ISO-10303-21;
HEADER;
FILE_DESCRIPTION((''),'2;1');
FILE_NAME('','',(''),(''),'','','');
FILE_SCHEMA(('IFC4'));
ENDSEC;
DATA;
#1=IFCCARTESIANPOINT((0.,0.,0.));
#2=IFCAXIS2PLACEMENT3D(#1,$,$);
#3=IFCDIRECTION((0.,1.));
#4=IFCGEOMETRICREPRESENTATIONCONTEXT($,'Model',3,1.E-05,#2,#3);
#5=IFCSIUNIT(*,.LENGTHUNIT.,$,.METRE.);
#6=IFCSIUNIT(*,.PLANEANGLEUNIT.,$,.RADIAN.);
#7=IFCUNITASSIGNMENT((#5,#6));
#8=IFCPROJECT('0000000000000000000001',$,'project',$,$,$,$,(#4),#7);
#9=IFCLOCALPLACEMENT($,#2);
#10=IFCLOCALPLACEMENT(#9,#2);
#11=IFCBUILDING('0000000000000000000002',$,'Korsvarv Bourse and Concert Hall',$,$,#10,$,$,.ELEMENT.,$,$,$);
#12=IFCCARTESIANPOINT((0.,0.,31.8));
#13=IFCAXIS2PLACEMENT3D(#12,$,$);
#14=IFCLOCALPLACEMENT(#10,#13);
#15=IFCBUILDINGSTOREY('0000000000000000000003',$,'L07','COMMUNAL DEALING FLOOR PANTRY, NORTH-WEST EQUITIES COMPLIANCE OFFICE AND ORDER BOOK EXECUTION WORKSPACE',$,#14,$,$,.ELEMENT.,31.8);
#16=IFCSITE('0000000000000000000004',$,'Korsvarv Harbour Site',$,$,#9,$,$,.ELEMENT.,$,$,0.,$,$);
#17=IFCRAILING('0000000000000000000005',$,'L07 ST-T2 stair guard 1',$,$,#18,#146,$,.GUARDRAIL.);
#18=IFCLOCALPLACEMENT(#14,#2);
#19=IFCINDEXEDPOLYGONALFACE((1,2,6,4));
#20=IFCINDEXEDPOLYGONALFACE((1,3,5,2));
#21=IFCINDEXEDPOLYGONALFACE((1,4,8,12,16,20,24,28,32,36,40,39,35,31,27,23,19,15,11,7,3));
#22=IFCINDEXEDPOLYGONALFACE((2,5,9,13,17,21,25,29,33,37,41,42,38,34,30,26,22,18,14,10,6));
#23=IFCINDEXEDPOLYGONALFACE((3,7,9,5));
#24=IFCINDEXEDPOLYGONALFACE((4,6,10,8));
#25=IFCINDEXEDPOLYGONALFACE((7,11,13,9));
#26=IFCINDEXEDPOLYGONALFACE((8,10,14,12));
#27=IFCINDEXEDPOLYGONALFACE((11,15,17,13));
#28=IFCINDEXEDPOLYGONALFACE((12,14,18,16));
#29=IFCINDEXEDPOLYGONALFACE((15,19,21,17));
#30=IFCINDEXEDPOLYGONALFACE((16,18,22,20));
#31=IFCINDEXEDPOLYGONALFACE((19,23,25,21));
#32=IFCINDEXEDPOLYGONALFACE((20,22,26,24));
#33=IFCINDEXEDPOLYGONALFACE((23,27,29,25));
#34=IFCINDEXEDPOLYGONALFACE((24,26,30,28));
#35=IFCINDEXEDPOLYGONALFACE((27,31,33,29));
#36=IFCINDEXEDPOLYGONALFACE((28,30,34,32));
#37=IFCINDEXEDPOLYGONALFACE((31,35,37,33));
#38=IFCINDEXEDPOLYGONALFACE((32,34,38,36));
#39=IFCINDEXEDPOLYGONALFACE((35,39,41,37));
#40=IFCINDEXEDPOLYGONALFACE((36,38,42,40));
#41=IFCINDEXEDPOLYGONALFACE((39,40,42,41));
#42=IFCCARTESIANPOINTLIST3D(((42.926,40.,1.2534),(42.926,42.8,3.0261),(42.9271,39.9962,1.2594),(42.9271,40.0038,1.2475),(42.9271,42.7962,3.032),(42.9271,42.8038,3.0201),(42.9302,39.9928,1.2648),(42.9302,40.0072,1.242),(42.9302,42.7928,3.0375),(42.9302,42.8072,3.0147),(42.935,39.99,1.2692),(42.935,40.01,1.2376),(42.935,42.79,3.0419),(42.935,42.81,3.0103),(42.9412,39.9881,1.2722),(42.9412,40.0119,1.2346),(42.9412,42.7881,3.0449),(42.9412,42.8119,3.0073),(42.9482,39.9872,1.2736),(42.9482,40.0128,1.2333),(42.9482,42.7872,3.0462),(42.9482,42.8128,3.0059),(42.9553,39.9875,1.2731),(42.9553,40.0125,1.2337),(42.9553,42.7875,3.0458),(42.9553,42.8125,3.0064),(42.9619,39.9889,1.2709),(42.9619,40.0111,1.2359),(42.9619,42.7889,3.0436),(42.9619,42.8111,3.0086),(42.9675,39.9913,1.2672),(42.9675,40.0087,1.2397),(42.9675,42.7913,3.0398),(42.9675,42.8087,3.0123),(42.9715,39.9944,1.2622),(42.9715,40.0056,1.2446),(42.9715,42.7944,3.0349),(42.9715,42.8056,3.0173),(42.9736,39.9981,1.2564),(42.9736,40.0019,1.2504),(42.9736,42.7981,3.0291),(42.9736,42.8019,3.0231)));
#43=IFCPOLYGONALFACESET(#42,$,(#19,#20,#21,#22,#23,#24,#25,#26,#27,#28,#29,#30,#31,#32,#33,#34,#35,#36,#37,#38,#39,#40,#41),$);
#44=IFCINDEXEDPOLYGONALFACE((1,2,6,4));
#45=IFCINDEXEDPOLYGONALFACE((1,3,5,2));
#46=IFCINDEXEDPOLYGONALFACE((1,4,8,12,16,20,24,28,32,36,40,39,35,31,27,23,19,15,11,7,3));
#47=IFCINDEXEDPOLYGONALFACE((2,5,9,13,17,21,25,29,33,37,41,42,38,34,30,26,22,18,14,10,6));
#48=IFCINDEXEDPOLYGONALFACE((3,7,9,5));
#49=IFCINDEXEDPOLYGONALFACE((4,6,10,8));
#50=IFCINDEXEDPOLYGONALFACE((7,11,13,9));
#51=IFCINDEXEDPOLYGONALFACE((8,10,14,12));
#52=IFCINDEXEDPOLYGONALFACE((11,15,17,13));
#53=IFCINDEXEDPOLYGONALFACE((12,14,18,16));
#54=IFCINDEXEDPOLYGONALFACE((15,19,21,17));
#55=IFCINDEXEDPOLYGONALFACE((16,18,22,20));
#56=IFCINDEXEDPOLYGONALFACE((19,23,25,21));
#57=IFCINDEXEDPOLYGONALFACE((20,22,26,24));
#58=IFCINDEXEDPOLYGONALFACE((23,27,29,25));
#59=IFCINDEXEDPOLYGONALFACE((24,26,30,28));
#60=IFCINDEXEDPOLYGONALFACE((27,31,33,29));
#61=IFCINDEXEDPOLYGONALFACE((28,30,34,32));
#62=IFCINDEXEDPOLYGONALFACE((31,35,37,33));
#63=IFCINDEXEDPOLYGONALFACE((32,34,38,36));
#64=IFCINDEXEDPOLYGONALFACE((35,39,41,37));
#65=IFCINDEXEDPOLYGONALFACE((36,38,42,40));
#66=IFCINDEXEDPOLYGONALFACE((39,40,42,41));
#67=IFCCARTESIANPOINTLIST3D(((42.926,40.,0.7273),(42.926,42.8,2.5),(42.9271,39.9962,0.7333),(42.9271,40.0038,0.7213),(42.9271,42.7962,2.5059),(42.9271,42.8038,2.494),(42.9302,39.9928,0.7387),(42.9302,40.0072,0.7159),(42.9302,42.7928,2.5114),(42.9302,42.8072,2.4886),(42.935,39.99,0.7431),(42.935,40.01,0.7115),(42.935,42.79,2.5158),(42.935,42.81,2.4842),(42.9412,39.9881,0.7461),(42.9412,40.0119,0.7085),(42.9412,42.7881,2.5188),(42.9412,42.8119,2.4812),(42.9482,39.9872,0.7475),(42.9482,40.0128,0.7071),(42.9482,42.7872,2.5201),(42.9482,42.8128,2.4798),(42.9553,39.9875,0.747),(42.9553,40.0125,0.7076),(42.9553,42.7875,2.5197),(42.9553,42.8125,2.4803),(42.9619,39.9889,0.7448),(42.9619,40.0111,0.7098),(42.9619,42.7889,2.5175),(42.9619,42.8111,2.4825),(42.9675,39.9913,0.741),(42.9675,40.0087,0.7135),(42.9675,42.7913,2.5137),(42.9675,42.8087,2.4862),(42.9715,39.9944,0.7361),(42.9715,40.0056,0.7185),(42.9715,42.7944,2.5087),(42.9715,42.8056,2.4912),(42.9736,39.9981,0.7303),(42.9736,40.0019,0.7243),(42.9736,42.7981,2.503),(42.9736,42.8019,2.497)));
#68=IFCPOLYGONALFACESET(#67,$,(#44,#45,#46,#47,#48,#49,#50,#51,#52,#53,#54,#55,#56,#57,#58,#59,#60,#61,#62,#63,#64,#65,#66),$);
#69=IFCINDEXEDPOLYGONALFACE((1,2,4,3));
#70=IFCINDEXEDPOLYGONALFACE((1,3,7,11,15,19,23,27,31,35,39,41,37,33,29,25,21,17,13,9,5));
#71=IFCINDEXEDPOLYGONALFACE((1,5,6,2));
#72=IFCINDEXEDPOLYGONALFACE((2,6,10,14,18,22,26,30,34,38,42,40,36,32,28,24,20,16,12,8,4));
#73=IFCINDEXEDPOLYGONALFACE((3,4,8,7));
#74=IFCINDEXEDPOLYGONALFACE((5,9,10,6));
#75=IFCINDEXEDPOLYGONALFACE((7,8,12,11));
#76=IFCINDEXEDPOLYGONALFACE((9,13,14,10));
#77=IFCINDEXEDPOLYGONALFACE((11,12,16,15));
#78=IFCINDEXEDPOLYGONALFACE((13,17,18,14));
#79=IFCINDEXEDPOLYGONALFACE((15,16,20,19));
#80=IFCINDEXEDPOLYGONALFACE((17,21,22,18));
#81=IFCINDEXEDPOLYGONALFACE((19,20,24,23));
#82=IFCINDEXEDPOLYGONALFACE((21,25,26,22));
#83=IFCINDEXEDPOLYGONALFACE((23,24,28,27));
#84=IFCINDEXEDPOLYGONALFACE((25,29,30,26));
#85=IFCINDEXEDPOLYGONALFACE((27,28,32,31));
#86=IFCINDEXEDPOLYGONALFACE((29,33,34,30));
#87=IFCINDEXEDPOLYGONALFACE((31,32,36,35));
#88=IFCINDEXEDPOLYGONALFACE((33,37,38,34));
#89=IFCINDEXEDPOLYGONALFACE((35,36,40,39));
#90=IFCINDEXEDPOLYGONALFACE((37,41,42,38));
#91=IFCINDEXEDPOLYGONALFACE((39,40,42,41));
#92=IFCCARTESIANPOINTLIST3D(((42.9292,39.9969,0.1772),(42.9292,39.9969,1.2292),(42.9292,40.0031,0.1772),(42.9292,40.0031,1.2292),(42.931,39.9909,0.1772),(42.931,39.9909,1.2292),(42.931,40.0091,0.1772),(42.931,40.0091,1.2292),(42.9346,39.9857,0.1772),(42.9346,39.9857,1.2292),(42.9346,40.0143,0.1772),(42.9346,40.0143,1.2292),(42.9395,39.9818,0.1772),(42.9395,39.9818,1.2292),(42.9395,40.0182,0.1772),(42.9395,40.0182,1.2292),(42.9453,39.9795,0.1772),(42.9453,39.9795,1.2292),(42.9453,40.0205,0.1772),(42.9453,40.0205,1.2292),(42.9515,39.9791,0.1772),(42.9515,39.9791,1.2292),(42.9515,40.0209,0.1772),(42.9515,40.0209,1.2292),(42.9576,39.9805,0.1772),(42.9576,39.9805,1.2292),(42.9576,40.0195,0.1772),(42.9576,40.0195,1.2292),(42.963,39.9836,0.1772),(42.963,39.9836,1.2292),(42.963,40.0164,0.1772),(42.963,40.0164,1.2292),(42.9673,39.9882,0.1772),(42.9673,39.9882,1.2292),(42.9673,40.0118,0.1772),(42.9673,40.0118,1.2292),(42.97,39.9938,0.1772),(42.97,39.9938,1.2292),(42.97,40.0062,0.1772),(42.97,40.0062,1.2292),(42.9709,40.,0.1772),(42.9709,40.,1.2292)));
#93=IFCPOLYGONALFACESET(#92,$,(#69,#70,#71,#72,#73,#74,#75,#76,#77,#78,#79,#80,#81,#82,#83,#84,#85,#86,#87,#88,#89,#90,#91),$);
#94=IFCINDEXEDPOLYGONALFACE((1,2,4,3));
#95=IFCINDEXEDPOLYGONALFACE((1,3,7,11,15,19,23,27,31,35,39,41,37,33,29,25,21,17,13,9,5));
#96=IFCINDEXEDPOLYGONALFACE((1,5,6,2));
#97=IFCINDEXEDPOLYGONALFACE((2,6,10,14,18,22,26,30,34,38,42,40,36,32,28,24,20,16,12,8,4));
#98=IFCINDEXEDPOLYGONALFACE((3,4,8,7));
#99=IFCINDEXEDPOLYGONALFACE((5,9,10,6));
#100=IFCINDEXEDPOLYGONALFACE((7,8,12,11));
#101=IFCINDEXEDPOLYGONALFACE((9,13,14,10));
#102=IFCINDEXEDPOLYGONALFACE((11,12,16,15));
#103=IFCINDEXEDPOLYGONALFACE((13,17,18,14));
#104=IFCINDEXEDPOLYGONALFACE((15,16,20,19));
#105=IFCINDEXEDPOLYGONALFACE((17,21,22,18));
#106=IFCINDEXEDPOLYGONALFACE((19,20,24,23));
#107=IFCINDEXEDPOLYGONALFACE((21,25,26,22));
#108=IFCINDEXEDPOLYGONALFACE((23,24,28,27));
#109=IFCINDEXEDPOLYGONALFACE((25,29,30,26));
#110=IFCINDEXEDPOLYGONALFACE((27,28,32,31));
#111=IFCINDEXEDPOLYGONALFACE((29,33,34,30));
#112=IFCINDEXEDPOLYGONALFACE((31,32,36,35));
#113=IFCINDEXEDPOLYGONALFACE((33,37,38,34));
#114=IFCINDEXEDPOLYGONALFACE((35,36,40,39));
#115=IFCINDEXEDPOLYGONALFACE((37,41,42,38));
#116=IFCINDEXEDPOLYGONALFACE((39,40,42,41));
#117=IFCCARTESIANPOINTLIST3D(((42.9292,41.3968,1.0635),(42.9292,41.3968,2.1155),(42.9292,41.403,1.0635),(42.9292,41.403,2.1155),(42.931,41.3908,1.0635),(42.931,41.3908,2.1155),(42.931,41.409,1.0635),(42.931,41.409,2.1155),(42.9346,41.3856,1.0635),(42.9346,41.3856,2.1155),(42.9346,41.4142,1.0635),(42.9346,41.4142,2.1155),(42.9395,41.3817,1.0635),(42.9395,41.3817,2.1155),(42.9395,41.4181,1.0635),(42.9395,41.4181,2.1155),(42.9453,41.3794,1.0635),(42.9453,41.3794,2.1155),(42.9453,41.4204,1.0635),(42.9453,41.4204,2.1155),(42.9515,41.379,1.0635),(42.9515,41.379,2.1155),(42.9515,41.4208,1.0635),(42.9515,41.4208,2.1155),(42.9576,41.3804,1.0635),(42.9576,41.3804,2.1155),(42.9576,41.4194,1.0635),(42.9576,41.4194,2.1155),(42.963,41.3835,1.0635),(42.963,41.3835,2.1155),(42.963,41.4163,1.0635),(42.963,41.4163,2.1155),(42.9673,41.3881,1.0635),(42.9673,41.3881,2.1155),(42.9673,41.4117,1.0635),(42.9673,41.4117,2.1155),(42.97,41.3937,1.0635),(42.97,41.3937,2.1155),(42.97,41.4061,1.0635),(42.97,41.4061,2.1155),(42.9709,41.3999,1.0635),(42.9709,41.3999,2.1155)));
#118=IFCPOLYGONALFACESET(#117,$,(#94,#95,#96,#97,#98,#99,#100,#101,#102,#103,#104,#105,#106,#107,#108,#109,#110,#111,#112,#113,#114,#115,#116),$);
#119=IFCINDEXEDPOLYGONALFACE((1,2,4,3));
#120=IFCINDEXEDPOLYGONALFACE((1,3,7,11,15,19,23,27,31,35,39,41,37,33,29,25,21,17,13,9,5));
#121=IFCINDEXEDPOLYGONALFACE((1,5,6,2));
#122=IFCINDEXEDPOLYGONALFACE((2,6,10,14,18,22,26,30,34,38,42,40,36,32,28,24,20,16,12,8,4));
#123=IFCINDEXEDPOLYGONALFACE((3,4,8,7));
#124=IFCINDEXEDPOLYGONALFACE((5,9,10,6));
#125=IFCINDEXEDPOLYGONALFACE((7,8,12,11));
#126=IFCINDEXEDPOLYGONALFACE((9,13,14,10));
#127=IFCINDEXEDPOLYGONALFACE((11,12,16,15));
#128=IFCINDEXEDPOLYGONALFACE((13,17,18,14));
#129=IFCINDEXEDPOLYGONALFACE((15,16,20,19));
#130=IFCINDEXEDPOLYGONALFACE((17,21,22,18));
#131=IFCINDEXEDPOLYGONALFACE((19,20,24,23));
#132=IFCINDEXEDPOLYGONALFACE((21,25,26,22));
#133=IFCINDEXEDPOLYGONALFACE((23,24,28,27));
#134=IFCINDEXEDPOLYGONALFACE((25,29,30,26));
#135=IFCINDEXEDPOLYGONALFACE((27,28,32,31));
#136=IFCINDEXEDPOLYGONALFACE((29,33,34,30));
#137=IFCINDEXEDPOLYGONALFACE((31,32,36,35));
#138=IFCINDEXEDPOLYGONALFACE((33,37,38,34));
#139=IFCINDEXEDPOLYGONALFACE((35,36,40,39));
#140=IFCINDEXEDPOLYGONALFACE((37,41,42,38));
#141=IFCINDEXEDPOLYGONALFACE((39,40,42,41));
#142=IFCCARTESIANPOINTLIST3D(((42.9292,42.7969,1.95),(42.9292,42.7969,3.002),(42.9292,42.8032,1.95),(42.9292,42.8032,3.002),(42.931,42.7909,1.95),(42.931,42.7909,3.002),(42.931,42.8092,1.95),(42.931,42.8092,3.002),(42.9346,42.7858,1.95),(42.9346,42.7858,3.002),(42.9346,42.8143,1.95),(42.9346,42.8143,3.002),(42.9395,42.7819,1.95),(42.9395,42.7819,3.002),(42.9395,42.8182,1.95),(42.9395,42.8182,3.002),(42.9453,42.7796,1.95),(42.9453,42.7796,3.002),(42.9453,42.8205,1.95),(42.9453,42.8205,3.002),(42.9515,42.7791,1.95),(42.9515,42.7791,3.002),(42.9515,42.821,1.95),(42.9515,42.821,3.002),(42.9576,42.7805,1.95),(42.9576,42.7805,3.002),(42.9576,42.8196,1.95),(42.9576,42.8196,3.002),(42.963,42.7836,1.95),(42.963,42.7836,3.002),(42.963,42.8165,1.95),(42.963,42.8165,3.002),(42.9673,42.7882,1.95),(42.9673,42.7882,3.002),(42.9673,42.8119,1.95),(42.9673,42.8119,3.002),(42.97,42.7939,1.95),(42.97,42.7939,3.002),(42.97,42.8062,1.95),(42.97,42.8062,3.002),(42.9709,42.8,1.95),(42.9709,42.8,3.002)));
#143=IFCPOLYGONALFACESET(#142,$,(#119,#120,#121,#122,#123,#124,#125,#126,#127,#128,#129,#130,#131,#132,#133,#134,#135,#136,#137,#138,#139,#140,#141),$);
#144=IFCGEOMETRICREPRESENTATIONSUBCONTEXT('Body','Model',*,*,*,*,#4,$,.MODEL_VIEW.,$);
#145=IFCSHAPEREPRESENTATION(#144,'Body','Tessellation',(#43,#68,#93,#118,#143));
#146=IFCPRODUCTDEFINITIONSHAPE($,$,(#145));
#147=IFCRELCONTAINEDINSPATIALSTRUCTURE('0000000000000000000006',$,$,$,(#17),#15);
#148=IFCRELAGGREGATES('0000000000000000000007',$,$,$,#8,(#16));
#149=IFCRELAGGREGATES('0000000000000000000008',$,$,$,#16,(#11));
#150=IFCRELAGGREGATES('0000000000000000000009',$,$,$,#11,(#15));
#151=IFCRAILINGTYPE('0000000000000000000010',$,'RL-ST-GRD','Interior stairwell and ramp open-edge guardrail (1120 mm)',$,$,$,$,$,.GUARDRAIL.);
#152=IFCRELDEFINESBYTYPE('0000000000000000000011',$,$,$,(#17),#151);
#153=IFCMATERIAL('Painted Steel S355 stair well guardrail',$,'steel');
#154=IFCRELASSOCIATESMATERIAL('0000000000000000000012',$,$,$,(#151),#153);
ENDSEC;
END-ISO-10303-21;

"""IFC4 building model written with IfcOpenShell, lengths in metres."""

from ifc_helpers import new_model, si_unit, direction, frame, origin, origin_2d, place, context, subcontext, project, spatial, circle, extrude, material, type_object, element, save


model = new_model("IFC4")

# Units and contexts
model_context = context("Model", 3, precision=1e-05, world=origin(), true_north=direction((0.0, 1.0)))
body_context = subcontext(model_context, "Body", "Model", "MODEL_VIEW")
ifc_project = project(units=[si_unit("LENGTHUNIT", "METRE"), si_unit("PLANEANGLEUNIT", "RADIAN")], contexts=[model_context])

# Site, building, storey
site_placement = place(None, origin())
site = spatial("IfcSite", under=ifc_project, at=site_placement, Name="Korsvarv Harbour Site", CompositionType="ELEMENT", RefElevation=0.0)
building_placement = place(site_placement, origin())
building = spatial("IfcBuilding", under=site, at=building_placement, Name="Korsvarv Bourse and Concert Hall", CompositionType="ELEMENT")
storey_placement = place(building_placement, frame((0.0, 0.0, 31.8)))
storey = spatial("IfcBuildingStorey", under=building, at=storey_placement, Name="L07", Description="COMMUNAL DEALING FLOOR PANTRY, NORTH-WEST EQUITIES COMPLIANCE OFFICE AND ORDER BOOK EXECUTION WORKSPACE", CompositionType="ELEMENT", Elevation=31.8)

# Railing
ifc_material_1 = material(Name="Painted Steel S355 stair well guardrail", Category="steel")
railing_type_1 = type_object("IfcRailingType", Name="RL-ST-GRD", Description="Interior stairwell and ramp open-edge guardrail (1120 mm)", PredefinedType="GUARDRAIL", material=ifc_material_1)
railing_1_placement = place(storey_placement, frame((42.95, 40.0, 0.1772)))
element("IfcRailing", 1, at=railing_1_placement, inside=storey, type_object=railing_type_1, Name="L07 ST-T2 stair guard 1", PredefinedType="GUARDRAIL", context=body_context, shape_type="SweptSolid", body=[
    extrude(circle(Radius=0.0239, at=origin_2d()), frame((0.0, 0.0, 1.0762), z_axis=(0.0, 0.844909, 0.53491), x_axis=(-1.0, 0.0, 0.0)), (0.0, 0.0, 1.0), 3.314),
    extrude(circle(Radius=0.0239, at=origin_2d()), frame((0.0, 0.0, 0.55), z_axis=(0.0, 0.844909, 0.53491), x_axis=(-1.0, 0.0, 0.0)), (0.0, 0.0, 1.0), 3.314),
    extrude(circle(Radius=0.021, at=origin_2d()), origin(), (0.0, 0.0, 1.0), 1.052),
    extrude(circle(Radius=0.021, at=origin_2d()), frame((0.0, 1.3999, 0.8862)), (0.0, 0.0, 1.0), 1.052),
    extrude(circle(Radius=0.021, at=origin_2d()), frame((0.0, 2.8, 1.7727)), (0.0, 0.0, 1.0), 1.052),
])

save(model, "model.ifc")
